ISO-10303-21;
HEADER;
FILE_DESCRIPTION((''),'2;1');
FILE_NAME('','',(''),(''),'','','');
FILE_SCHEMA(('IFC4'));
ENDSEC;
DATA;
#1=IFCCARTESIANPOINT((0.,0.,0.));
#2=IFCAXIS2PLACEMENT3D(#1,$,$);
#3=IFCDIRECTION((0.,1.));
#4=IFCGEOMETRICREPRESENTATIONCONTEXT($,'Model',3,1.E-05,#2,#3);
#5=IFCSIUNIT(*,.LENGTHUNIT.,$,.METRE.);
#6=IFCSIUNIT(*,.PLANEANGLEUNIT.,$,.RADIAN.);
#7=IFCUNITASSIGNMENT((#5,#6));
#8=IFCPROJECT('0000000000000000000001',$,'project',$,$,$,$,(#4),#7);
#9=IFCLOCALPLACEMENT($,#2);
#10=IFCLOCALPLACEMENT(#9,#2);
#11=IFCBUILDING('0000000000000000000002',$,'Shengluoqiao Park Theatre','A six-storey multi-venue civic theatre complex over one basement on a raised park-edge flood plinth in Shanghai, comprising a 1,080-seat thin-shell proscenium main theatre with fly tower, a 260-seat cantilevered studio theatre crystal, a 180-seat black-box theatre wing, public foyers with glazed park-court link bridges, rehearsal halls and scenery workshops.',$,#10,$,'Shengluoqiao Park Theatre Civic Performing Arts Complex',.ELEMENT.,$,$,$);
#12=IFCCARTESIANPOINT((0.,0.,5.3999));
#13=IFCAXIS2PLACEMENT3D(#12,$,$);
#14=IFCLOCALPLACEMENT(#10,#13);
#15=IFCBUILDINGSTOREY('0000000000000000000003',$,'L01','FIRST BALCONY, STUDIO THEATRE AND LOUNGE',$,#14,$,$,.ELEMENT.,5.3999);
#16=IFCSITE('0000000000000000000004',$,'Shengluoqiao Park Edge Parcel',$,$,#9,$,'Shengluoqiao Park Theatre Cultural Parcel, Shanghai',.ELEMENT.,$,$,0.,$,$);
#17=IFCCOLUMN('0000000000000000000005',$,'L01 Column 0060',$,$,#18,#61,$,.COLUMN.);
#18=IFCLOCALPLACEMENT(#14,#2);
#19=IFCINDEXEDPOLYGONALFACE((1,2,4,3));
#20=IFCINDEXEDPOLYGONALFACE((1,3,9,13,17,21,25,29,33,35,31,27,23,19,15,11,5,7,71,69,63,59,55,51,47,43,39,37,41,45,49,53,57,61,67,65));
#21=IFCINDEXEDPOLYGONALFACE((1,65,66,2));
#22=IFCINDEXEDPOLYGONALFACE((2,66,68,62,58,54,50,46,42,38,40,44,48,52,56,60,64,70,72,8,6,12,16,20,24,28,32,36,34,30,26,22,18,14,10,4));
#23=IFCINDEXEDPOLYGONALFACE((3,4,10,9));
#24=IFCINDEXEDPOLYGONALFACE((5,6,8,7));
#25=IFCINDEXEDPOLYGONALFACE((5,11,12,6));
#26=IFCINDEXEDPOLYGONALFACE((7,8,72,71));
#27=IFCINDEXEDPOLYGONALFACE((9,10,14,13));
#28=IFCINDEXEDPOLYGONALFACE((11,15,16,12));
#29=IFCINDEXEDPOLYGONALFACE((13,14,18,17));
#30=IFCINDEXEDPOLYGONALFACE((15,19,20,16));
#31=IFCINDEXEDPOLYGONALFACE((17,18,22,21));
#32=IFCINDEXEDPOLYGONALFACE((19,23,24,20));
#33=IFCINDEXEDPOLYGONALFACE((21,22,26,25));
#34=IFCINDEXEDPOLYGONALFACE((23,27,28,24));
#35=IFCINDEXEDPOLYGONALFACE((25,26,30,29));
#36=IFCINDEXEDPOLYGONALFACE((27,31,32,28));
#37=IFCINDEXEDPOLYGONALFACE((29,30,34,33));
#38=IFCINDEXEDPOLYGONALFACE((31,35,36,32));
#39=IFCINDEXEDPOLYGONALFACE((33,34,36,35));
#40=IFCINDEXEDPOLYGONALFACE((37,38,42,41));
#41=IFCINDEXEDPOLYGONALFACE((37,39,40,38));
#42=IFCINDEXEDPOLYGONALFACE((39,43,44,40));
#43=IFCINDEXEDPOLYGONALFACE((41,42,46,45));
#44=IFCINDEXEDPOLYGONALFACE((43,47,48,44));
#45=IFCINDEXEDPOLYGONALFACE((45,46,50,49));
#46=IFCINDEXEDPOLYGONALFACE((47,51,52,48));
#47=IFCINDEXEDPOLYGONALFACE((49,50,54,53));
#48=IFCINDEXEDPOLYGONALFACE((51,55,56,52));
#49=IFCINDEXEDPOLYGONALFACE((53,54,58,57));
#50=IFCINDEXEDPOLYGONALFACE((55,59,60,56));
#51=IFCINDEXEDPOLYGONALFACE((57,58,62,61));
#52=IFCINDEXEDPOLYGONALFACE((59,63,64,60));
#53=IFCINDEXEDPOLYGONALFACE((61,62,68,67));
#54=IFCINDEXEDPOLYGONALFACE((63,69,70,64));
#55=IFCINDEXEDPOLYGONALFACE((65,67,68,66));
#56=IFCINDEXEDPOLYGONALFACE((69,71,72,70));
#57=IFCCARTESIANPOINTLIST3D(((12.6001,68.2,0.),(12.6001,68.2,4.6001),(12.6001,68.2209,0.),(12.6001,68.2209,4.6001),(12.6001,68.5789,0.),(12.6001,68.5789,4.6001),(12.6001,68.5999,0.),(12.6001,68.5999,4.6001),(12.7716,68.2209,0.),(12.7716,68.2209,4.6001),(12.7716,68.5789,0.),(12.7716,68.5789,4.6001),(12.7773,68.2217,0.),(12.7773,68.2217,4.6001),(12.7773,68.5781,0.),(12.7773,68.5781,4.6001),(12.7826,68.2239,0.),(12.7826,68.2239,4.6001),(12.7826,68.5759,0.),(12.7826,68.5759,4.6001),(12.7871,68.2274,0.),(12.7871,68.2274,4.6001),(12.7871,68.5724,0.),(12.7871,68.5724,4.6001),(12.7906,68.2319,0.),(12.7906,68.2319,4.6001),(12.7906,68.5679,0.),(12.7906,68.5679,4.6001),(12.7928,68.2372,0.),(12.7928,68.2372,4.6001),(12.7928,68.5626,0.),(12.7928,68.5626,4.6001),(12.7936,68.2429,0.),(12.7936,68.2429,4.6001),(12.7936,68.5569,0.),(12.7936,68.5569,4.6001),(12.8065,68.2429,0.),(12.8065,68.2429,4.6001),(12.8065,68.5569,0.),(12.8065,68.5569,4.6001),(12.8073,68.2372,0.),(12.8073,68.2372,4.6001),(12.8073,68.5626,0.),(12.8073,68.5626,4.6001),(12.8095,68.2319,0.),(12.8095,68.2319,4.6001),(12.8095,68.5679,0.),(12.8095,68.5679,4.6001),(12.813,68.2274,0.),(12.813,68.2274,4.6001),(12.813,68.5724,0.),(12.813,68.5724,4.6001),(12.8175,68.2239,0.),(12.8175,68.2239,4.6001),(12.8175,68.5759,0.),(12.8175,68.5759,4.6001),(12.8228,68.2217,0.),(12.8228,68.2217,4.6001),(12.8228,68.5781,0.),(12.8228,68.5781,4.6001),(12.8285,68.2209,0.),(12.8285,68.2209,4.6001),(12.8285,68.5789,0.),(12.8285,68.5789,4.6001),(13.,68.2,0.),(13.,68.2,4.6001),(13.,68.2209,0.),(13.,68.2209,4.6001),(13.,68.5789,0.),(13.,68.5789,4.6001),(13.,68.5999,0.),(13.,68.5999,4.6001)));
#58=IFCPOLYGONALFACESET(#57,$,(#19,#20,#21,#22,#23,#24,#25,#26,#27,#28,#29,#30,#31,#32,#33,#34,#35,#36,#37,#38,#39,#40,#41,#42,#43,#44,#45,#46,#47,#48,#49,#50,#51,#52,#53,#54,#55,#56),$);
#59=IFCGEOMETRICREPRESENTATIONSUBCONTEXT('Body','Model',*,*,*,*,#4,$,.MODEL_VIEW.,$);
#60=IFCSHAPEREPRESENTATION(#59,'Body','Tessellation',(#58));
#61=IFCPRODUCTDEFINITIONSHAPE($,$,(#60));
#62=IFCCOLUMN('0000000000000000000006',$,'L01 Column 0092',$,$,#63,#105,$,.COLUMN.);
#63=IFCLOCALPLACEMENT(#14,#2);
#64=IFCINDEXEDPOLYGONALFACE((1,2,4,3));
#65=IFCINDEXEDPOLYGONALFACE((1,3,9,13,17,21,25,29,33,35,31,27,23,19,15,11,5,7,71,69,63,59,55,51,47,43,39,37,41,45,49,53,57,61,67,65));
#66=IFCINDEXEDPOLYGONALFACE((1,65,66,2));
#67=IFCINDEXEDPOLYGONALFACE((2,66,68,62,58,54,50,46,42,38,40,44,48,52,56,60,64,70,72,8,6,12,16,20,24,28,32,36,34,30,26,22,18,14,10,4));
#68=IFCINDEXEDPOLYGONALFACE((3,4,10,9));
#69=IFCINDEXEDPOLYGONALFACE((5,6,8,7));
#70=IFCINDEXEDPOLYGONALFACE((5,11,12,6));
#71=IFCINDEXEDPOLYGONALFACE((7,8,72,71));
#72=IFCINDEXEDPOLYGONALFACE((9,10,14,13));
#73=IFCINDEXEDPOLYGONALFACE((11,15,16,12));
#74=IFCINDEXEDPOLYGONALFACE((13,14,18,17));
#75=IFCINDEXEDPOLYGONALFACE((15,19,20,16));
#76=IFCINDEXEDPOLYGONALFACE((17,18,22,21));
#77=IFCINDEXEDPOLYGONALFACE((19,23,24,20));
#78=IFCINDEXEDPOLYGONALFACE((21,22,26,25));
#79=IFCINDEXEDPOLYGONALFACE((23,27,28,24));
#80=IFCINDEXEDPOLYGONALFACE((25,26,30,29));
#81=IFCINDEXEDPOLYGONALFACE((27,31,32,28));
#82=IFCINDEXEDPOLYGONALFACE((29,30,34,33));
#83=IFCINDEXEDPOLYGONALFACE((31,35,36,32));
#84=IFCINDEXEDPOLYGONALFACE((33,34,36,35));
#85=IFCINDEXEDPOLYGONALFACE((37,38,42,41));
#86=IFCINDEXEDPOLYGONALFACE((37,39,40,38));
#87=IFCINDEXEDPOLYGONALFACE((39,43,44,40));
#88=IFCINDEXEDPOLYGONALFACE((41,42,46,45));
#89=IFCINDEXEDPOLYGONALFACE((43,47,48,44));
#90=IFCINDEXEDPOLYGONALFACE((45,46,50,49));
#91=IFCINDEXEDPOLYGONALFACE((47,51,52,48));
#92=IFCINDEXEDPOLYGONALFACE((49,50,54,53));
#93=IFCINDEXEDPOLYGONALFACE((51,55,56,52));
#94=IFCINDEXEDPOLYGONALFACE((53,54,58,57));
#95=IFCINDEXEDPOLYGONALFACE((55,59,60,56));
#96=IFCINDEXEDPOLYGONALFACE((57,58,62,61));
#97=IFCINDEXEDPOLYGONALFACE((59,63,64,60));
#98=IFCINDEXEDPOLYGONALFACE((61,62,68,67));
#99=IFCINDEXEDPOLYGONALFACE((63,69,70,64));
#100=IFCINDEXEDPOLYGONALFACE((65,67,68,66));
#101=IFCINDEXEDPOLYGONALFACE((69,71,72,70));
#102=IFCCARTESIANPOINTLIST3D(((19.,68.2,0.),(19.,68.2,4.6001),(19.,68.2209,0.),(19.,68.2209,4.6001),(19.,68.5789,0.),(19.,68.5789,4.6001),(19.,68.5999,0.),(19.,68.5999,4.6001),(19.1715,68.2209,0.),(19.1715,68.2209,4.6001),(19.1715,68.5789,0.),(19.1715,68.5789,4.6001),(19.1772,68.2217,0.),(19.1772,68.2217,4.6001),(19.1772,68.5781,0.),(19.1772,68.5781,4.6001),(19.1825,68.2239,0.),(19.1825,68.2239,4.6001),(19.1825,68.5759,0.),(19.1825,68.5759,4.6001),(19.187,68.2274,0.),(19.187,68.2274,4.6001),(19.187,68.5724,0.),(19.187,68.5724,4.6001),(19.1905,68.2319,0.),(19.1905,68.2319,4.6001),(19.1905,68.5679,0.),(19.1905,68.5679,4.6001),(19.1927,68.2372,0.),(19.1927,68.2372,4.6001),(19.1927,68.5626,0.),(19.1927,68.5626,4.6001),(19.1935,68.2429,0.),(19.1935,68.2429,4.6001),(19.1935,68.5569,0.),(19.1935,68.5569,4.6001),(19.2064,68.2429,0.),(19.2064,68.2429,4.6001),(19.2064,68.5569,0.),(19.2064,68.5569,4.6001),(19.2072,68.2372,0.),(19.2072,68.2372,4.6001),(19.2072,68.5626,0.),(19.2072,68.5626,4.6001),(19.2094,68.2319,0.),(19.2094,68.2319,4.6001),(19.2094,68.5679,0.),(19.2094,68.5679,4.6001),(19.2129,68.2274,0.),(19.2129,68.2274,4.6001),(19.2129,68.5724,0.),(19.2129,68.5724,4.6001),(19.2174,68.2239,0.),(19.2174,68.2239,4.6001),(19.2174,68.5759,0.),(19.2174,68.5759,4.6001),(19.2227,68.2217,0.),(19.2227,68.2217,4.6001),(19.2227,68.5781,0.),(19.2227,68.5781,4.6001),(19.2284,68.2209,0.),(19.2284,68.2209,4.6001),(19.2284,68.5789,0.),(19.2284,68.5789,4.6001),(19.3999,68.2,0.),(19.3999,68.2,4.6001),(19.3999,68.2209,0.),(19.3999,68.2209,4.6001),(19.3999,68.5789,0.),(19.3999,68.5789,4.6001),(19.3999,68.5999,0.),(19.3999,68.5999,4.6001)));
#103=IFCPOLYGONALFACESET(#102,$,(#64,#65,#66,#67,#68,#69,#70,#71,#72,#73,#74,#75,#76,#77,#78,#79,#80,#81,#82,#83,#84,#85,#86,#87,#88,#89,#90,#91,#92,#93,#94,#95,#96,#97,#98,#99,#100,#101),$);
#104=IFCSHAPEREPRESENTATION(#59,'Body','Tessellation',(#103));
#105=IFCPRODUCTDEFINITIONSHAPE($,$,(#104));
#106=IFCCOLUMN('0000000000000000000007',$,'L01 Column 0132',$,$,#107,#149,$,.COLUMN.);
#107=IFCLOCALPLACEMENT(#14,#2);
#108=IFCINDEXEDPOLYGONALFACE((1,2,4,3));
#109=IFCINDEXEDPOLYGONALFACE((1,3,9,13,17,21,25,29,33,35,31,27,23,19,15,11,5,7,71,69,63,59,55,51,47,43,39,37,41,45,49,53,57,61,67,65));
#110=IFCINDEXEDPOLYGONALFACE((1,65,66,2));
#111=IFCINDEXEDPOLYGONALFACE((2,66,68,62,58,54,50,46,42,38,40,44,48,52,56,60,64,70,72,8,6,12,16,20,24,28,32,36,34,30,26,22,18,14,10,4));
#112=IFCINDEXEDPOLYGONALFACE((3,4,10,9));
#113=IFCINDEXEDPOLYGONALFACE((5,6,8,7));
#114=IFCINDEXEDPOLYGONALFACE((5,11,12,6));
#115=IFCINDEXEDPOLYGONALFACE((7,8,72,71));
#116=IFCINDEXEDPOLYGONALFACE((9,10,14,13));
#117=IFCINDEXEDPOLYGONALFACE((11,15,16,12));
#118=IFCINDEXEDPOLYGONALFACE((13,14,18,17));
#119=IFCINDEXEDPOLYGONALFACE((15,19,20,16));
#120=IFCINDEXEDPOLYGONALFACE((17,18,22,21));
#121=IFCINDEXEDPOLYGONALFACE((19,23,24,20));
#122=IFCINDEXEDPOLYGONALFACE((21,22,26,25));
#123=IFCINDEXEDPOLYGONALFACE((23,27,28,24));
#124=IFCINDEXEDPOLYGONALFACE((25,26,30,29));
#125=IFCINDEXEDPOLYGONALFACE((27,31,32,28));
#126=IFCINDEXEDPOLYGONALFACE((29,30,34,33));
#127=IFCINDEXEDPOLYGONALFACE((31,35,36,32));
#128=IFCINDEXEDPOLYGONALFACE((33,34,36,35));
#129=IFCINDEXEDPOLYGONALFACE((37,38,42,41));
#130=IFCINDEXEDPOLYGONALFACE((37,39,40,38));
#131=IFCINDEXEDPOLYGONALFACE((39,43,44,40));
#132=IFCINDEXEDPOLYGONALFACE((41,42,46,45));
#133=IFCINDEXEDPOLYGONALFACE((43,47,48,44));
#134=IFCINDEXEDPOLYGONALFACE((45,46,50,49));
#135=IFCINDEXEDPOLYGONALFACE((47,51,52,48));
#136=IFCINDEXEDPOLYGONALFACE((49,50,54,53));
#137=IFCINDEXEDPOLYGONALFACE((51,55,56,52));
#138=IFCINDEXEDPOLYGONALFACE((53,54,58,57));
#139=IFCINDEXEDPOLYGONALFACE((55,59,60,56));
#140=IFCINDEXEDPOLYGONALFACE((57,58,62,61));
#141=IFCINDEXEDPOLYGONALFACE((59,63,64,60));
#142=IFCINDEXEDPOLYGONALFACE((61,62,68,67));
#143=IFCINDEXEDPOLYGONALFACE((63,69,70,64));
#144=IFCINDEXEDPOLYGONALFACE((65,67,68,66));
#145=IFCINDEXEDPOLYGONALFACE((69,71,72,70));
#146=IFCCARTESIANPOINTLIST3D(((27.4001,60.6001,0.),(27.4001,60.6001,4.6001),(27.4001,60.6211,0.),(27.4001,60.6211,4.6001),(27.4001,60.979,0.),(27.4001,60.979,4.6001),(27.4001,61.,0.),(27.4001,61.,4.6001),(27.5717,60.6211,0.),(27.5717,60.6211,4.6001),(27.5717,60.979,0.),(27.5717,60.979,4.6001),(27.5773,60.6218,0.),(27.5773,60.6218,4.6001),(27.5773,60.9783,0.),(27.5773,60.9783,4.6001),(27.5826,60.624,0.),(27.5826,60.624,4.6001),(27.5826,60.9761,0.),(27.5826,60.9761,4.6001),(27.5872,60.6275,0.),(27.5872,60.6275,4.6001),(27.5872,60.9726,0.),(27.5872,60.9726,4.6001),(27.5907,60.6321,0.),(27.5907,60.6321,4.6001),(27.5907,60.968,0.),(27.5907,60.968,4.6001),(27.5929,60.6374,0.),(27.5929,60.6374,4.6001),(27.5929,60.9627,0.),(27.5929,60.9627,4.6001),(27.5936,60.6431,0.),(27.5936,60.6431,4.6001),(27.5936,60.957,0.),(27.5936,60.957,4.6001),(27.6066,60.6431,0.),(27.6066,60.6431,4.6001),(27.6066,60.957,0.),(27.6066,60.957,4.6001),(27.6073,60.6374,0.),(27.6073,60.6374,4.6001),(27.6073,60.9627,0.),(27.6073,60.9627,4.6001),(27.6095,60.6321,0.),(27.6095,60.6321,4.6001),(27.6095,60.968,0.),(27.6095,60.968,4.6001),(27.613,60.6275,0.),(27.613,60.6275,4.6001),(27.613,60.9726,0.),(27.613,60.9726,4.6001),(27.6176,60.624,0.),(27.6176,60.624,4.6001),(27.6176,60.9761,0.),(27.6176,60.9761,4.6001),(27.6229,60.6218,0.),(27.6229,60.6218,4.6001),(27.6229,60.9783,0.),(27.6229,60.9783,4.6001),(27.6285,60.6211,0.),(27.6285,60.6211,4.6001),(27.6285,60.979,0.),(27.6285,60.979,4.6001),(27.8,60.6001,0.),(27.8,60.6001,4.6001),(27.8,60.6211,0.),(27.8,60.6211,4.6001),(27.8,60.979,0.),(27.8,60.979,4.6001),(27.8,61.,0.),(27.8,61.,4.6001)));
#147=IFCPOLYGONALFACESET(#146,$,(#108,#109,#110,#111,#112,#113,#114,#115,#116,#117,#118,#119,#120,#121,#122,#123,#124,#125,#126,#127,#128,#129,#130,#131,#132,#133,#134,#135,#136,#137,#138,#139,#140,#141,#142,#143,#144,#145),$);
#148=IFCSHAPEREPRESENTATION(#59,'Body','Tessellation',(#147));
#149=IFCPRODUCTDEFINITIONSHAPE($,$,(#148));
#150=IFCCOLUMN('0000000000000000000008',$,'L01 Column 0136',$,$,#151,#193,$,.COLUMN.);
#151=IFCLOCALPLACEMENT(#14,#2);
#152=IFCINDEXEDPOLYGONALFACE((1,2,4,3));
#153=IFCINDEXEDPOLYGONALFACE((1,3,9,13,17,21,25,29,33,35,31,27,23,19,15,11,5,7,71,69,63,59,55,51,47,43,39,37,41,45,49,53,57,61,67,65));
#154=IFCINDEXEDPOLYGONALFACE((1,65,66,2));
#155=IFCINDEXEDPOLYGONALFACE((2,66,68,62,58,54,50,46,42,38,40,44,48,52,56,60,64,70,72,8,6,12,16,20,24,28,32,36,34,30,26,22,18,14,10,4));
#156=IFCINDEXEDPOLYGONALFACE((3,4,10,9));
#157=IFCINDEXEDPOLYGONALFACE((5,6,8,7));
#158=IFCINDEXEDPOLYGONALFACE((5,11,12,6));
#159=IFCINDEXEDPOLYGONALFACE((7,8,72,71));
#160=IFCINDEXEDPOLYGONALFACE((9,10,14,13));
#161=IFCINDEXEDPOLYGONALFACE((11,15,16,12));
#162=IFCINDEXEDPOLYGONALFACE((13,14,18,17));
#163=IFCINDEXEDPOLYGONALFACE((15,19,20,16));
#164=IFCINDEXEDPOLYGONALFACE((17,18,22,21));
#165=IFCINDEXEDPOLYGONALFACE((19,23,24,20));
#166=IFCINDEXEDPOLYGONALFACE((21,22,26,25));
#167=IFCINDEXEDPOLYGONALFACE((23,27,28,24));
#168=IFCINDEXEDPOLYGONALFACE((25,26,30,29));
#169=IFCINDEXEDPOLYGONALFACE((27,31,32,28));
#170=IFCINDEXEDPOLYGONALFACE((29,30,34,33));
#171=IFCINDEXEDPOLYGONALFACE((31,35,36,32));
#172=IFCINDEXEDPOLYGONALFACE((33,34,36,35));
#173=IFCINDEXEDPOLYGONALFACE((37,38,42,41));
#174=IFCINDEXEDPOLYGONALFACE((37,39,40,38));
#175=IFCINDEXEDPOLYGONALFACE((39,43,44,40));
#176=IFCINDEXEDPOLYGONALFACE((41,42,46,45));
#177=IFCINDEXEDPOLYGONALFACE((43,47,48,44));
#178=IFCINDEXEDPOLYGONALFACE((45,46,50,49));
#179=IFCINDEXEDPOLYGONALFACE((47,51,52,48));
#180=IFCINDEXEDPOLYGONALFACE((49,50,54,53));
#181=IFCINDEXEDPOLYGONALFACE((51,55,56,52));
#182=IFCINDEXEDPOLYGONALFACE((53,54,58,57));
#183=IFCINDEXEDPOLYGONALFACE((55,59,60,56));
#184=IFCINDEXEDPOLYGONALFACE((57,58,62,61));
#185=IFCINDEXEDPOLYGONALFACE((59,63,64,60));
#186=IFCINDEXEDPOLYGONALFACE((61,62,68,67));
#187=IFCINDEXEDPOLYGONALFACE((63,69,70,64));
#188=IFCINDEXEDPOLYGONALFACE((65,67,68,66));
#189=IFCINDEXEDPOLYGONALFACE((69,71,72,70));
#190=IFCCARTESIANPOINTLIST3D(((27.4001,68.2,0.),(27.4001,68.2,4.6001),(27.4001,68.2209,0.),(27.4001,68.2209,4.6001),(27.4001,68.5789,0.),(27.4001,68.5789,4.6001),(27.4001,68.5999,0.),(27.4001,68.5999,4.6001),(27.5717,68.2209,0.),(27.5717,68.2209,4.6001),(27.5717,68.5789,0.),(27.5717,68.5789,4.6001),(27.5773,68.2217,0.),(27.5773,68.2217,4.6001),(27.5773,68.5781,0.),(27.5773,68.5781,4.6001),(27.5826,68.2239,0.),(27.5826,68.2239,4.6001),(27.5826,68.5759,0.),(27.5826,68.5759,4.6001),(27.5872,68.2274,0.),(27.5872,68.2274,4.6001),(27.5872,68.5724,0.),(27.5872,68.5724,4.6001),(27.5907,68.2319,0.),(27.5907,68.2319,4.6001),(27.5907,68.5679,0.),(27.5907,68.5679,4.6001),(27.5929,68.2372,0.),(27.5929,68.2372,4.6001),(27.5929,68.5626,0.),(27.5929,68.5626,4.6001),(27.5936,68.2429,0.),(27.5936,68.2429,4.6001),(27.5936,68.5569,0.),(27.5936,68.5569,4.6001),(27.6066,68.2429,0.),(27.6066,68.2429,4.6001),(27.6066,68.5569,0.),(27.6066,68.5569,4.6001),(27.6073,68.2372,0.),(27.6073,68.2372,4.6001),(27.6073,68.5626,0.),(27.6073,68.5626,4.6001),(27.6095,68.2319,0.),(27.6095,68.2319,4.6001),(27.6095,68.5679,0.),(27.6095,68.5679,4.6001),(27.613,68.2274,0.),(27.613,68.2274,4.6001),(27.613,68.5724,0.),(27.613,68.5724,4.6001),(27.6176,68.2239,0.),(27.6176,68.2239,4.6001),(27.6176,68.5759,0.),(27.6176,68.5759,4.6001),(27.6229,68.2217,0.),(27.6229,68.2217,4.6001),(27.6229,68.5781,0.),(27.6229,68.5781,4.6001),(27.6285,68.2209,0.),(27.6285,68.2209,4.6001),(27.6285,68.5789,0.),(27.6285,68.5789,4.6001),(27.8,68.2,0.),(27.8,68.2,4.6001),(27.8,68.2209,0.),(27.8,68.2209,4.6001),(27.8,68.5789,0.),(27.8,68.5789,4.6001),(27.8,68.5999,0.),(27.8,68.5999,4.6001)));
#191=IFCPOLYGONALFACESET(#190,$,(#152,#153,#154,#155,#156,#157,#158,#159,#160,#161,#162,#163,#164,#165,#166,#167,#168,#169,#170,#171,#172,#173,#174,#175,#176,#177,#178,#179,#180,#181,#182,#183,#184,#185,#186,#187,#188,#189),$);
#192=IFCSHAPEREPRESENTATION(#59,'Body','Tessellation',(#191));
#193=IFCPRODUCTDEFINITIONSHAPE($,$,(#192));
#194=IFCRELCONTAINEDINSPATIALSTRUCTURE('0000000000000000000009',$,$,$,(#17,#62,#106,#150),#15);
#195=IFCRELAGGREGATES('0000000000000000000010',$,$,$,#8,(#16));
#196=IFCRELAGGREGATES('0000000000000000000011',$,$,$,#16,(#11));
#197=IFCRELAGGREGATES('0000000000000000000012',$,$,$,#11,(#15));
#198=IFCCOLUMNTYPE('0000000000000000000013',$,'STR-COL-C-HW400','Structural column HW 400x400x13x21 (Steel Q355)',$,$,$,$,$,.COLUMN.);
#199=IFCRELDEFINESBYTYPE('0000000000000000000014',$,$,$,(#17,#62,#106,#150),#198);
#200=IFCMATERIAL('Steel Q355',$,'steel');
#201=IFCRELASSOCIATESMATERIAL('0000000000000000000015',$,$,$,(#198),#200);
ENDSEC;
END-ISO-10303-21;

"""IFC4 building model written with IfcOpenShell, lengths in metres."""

from ifc_helpers import new_model, si_unit, direction, frame, origin, origin_2d, place, context, subcontext, project, spatial, i_section, extrude, material, material_profile, profile_set, type_object, element, save


model = new_model("IFC4")

# Units and contexts
model_context = context("Model", 3, precision=1e-05, world=origin(), true_north=direction((0.0, 1.0)))
body_context = subcontext(model_context, "Body", "Model", "MODEL_VIEW")
ifc_project = project(units=[si_unit("LENGTHUNIT", "METRE"), si_unit("PLANEANGLEUNIT", "RADIAN")], contexts=[model_context])

# Site, building, storey
site_placement = place(None, origin())
site = spatial("IfcSite", under=ifc_project, at=site_placement, Name="Shengluoqiao Park Edge Parcel", LongName="Shengluoqiao Park Theatre Cultural Parcel, Shanghai", CompositionType="ELEMENT", RefElevation=0.0)
building_placement = place(site_placement, origin())
building = spatial("IfcBuilding", under=site, at=building_placement, Name="Shengluoqiao Park Theatre", Description="A six-storey multi-venue civic theatre complex over one basement on a raised park-edge flood plinth in Shanghai, comprising a 1,080-seat thin-shell proscenium main theatre with fly tower, a 260-seat cantilevered studio theatre crystal, a 180-seat black-box theatre wing, public foyers with glazed park-court link bridges, rehearsal halls and scenery workshops.", LongName="Shengluoqiao Park Theatre Civic Performing Arts Complex", CompositionType="ELEMENT")
storey_placement = place(building_placement, frame((0.0, 0.0, 5.3999)))
storey = spatial("IfcBuildingStorey", under=building, at=storey_placement, Name="L01", Description="FIRST BALCONY, STUDIO THEATRE AND LOUNGE", CompositionType="ELEMENT", Elevation=5.3999)

# Columns
ifc_material_1 = material(Name="Steel Q355", Category="steel")
ifc_material_profile_1 = material_profile(ifc_material_1, i_section(OverallWidth=0.3999, OverallDepth=0.3999, WebThickness=0.0129, FlangeThickness=0.021, FilletRadius=0.022, at=origin_2d()), Name="HW 400x400x13x21")
ifc_profile_set_1 = profile_set([ifc_material_profile_1], Name="Steel Q355")
column_type = type_object("IfcColumnType", Name="STR-COL-C-HW400", Description="Structural column HW 400x400x13x21 (Steel Q355)", PredefinedType="COLUMN", material=ifc_profile_set_1)
for number, where, z_axis, x_axis, name in (
    (1, (12.8, 68.3999, 0.0), (0.0, 0.0, 1.0), (1.0, 0.0, 0.0), "L01 Column 0060"),
    (2, (19.2, 68.3999, 0.0), (0.0, 0.0, 1.0), (1.0, 0.0, 0.0), "L01 Column 0092"),
    (3, (27.6001, 60.8, 0.0), (0.0, 0.0, 1.0), (1.0, 0.0, 0.0), "L01 Column 0132"),
    (4, (27.6001, 68.3999, 0.0), (0.0, 0.0, 1.0), (1.0, 0.0, 0.0), "L01 Column 0136"),
):
    element("IfcColumn", number, at=place(storey_placement, frame(where, z_axis=z_axis, x_axis=x_axis)), inside=storey, type_object=column_type, Name=name, PredefinedType="COLUMN", context=body_context, shape_type="SweptSolid", body=[
        extrude(i_section(OverallWidth=0.3999, OverallDepth=0.3999, WebThickness=0.0129, FlangeThickness=0.021, FilletRadius=0.022, at=origin_2d()), origin(), (0.0, 0.0, 1.0), 4.6001),
    ])

save(model, "model.ifc")
